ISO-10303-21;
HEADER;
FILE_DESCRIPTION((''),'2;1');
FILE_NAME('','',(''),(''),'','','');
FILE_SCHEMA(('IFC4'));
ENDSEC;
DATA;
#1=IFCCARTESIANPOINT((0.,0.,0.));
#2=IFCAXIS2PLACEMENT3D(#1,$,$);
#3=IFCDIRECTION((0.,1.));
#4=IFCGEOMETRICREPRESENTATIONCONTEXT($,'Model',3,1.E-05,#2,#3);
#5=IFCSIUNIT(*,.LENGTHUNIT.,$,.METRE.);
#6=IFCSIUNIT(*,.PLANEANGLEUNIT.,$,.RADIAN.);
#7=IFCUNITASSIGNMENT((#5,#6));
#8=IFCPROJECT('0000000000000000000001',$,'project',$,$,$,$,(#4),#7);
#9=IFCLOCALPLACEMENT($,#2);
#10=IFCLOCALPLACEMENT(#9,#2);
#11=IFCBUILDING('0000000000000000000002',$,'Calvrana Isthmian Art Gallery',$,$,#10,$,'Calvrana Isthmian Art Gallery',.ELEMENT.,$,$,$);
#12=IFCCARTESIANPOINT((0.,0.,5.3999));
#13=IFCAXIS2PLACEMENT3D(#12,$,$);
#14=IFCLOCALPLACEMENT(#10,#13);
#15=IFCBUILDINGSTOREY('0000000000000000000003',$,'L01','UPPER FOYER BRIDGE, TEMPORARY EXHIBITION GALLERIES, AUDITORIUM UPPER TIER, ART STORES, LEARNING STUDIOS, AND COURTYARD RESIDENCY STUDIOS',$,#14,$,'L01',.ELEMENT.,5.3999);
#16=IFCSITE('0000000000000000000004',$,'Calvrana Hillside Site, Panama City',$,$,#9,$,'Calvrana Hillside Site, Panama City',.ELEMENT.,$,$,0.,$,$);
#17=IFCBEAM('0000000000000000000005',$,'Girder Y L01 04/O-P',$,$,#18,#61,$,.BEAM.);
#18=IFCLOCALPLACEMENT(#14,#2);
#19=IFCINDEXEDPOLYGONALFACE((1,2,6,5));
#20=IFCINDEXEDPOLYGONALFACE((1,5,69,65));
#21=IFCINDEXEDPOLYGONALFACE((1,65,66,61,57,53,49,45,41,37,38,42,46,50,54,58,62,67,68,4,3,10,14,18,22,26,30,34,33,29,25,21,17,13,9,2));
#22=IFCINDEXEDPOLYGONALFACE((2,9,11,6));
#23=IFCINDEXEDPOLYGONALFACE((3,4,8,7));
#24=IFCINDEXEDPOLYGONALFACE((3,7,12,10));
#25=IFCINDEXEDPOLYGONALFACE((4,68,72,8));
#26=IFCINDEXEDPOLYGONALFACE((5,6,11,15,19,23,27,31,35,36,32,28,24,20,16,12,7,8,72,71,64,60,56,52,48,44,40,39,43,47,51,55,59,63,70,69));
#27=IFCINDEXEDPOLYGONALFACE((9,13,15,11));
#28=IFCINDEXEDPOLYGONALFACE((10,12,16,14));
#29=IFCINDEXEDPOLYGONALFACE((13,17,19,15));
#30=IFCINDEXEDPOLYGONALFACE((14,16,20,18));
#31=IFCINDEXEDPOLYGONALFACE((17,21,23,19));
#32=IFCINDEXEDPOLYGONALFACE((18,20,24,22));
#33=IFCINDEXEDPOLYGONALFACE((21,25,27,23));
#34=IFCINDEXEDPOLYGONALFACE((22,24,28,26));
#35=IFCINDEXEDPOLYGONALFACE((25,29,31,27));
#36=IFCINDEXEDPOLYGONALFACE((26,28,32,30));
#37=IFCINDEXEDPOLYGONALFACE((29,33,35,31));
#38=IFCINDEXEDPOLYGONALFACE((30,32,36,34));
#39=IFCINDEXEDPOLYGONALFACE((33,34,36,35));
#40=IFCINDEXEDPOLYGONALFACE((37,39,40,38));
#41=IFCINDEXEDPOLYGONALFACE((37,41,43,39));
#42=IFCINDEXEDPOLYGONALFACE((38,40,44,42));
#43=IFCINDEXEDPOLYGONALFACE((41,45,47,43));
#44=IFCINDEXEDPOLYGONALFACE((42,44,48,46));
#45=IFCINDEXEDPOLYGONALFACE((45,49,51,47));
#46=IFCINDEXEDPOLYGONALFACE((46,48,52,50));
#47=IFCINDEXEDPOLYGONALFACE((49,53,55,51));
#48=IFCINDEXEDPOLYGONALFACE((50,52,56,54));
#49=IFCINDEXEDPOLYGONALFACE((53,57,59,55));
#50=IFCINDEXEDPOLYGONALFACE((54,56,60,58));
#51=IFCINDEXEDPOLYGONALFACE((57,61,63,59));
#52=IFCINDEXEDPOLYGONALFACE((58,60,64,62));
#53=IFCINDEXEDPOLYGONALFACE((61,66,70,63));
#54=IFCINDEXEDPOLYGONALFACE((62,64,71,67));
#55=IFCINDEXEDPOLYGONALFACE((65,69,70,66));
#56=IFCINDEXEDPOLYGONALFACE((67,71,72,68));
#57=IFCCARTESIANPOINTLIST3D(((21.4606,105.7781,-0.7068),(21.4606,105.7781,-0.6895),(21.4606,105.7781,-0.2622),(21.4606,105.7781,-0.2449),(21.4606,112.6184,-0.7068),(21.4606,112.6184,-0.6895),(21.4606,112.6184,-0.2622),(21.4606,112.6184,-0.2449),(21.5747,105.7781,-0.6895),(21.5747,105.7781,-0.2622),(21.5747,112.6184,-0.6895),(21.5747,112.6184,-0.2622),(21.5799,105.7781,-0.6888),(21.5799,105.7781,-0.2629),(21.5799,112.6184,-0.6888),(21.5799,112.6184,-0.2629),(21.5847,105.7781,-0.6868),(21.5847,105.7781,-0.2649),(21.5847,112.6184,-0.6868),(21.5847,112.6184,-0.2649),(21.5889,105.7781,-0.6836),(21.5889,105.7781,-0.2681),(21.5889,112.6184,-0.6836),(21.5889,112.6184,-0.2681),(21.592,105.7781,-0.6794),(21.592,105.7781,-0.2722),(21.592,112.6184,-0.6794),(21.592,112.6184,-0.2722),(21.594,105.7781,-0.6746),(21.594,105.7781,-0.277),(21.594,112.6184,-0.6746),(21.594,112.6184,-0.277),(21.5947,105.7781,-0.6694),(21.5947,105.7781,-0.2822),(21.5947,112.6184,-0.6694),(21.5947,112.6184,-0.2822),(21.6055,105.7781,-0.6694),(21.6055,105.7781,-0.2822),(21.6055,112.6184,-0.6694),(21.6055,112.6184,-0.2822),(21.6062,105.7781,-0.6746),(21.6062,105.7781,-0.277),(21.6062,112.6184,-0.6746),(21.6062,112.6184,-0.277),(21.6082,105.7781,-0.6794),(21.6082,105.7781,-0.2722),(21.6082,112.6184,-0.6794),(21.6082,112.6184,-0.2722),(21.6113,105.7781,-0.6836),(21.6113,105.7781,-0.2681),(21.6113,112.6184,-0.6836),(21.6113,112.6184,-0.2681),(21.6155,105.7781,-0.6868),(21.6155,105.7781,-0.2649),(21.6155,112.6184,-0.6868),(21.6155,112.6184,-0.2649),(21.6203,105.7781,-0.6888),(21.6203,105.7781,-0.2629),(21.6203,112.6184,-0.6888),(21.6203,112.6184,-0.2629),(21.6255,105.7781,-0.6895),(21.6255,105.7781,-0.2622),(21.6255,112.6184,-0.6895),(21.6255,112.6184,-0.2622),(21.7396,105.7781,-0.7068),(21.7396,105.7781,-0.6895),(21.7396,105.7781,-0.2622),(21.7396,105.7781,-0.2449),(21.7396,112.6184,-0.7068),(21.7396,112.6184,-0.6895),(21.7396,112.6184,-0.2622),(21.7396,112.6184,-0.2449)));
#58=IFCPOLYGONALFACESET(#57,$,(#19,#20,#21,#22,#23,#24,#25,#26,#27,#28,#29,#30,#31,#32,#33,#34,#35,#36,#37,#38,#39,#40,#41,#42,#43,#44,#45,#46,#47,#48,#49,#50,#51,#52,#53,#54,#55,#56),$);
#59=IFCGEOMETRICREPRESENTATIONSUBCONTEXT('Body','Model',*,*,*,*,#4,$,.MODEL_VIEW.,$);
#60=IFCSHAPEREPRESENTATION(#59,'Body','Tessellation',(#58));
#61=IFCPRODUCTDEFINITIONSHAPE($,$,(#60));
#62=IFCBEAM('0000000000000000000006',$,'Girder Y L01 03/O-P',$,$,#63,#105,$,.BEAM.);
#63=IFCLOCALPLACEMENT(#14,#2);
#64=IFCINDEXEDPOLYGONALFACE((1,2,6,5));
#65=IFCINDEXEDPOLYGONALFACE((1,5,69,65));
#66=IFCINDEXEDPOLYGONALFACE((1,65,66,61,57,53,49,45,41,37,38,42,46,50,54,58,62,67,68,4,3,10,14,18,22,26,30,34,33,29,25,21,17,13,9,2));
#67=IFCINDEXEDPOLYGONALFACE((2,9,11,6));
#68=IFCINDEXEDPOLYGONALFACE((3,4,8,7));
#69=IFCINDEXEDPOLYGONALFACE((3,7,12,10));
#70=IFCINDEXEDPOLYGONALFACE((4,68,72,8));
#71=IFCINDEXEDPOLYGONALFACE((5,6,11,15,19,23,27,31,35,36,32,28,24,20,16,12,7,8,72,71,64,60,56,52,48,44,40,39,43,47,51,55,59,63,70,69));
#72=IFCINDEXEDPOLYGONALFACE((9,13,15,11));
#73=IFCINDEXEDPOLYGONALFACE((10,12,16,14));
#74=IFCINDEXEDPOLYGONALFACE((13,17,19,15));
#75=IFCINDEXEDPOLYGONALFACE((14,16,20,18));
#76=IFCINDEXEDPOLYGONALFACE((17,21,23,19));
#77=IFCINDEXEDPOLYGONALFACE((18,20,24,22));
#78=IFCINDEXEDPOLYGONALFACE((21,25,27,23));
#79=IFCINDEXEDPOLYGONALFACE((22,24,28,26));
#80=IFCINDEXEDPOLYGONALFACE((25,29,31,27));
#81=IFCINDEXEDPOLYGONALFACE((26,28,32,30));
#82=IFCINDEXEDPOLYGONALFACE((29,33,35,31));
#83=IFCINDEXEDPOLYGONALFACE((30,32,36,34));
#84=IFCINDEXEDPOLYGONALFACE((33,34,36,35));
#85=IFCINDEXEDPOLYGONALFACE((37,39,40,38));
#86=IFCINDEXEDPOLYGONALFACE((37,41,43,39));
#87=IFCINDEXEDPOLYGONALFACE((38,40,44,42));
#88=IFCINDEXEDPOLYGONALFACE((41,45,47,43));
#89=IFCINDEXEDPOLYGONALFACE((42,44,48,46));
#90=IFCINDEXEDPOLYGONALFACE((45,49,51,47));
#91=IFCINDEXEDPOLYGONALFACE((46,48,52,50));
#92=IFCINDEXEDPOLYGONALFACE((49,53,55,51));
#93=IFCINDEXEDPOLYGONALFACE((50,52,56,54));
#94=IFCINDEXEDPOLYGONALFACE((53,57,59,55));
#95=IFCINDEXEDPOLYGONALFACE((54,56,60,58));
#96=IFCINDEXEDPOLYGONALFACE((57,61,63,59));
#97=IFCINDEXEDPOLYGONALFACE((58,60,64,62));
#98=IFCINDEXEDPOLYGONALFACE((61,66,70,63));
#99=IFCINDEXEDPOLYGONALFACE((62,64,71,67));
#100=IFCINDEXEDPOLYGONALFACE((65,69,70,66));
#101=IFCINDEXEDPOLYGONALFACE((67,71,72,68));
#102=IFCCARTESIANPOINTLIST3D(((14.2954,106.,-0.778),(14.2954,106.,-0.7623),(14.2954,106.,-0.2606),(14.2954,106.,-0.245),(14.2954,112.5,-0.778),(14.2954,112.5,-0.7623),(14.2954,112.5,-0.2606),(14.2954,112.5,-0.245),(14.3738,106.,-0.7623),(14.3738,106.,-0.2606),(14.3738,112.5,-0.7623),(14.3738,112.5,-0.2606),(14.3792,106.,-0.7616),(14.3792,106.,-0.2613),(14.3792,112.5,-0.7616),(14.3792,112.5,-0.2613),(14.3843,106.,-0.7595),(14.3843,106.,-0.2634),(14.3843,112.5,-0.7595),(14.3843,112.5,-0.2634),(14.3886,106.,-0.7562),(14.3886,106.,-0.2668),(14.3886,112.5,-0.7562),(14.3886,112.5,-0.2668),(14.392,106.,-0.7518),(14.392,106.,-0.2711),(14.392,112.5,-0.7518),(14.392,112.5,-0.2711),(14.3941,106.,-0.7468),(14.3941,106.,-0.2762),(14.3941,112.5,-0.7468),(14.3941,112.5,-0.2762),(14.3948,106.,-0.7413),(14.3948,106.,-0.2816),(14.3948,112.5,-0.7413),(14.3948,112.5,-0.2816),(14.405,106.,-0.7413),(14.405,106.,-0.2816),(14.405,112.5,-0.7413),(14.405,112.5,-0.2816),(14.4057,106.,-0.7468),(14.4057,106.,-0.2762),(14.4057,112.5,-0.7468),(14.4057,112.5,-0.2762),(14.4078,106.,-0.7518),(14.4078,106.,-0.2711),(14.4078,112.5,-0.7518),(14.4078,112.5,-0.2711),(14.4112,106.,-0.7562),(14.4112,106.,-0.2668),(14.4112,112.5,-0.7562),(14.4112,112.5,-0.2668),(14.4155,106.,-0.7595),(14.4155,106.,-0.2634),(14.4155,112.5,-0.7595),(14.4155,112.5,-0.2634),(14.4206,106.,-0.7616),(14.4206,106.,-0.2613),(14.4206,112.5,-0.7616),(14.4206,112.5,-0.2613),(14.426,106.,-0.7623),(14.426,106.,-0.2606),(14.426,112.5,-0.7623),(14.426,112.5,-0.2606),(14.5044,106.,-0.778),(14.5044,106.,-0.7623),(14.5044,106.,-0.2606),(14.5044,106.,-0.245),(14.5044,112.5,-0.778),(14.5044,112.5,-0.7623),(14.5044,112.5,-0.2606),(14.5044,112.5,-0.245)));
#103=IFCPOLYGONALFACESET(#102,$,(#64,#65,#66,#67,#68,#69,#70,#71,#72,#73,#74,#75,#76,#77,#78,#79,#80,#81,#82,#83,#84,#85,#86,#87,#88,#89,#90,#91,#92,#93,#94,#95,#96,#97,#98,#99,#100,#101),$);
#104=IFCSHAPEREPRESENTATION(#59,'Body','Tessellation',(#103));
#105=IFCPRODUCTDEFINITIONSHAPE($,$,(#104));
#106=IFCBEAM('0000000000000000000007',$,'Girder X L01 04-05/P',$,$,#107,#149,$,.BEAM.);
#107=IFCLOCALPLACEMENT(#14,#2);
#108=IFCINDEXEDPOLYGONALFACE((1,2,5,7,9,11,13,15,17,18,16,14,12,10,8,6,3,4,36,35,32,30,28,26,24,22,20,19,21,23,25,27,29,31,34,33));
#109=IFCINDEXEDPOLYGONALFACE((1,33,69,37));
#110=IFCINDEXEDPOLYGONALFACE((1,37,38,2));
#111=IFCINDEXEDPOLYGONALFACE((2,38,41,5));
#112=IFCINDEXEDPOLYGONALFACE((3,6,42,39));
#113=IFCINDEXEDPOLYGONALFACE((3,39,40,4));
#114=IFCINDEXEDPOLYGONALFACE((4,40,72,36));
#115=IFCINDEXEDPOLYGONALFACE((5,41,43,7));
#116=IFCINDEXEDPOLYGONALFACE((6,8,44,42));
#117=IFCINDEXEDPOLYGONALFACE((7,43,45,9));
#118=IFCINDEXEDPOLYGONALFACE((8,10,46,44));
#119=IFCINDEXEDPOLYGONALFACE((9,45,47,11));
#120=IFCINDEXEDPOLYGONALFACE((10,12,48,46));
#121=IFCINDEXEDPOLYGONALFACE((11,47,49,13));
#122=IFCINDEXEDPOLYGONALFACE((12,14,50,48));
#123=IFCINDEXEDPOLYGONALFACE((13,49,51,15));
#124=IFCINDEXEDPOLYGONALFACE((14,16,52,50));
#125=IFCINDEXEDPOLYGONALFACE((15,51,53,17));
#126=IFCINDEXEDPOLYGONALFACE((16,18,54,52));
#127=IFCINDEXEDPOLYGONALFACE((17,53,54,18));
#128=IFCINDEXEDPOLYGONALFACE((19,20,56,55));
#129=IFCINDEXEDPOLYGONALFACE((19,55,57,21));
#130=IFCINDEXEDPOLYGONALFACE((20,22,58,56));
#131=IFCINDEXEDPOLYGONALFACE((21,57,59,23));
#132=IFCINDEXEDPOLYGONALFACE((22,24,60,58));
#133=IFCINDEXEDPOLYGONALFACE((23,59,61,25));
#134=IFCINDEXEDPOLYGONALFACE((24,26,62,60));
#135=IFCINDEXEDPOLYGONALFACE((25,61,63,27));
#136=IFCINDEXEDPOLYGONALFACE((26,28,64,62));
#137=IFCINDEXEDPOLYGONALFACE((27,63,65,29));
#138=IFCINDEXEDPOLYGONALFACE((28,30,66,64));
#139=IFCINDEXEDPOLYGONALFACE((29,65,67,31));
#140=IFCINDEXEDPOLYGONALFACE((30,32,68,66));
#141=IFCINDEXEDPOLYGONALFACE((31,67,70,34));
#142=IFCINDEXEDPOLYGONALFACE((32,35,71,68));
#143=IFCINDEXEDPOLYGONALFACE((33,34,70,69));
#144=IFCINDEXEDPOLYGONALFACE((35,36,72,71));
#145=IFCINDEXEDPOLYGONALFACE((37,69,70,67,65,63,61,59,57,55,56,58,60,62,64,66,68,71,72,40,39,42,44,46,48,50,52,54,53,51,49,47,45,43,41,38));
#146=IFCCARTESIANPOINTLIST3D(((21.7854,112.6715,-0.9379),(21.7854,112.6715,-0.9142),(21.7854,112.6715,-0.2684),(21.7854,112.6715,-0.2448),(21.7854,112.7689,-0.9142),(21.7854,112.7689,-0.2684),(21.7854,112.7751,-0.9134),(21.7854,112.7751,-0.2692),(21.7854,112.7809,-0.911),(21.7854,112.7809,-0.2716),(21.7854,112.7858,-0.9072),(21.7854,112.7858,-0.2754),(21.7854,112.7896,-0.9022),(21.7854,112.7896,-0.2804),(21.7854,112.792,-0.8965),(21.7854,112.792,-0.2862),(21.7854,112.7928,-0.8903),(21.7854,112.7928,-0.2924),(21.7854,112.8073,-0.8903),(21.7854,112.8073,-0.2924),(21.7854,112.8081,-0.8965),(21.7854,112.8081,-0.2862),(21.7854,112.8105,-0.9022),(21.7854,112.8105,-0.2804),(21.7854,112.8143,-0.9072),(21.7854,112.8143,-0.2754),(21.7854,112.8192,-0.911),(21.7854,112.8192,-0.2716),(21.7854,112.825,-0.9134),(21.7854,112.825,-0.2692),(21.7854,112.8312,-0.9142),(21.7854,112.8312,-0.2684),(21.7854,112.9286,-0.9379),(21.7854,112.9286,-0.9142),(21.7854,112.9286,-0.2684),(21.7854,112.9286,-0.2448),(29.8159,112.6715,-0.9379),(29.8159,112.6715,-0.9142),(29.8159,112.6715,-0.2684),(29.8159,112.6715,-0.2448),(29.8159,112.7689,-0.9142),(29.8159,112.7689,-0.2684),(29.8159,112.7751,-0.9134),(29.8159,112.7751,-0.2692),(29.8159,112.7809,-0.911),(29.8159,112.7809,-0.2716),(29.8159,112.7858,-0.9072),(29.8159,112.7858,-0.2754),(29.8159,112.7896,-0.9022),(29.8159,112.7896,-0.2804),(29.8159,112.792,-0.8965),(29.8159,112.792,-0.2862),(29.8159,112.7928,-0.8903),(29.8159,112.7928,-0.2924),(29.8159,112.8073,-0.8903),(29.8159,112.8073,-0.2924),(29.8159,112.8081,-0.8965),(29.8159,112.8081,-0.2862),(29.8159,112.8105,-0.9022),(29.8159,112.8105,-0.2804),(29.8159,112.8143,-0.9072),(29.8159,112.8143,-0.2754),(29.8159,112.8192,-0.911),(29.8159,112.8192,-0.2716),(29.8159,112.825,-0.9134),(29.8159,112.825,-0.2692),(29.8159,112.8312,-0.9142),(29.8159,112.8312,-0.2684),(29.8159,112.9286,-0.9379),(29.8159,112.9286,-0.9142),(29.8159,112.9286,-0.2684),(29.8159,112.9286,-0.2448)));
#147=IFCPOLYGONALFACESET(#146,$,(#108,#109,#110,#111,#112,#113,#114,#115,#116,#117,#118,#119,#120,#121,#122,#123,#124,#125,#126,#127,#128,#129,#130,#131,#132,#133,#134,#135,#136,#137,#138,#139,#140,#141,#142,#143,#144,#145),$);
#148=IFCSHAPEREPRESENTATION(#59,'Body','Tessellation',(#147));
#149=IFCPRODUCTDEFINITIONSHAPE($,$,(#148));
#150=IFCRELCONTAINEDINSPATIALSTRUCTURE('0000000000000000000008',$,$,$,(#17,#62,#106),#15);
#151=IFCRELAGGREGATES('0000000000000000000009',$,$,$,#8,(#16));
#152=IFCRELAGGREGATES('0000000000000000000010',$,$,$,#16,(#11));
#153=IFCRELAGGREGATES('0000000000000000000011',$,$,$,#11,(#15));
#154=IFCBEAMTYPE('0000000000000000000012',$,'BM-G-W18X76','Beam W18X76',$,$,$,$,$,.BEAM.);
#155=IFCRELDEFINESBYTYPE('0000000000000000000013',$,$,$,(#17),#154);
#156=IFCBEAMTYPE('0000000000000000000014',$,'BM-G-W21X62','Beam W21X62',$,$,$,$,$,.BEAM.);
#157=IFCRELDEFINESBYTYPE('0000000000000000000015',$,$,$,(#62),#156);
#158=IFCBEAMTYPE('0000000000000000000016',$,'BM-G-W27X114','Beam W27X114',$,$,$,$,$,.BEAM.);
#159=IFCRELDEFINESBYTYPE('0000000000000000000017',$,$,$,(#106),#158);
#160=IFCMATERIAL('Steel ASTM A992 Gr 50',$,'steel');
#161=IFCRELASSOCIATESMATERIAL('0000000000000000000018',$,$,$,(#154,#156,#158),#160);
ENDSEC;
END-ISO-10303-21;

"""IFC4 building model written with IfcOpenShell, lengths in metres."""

from ifc_helpers import new_model, si_unit, direction, frame, origin, origin_2d, place, context, subcontext, project, spatial, i_section, extrude, material, material_profile, profile_set, type_object, element, save


model = new_model("IFC4")

# Units and contexts
model_context = context("Model", 3, precision=1e-05, world=origin(), true_north=direction((0.0, 1.0)))
body_context = subcontext(model_context, "Body", "Model", "MODEL_VIEW")
ifc_project = project(units=[si_unit("LENGTHUNIT", "METRE"), si_unit("PLANEANGLEUNIT", "RADIAN")], contexts=[model_context])

# Site, building, storey
site_placement = place(None, origin())
site = spatial("IfcSite", under=ifc_project, at=site_placement, Name="Calvrana Hillside Site, Panama City", LongName="Calvrana Hillside Site, Panama City", CompositionType="ELEMENT", RefElevation=0.0)
building_placement = place(site_placement, origin())
building = spatial("IfcBuilding", under=site, at=building_placement, Name="Calvrana Isthmian Art Gallery", LongName="Calvrana Isthmian Art Gallery", CompositionType="ELEMENT")
storey_placement = place(building_placement, frame((0.0, 0.0, 5.3999)))
storey = spatial("IfcBuildingStorey", under=building, at=storey_placement, Name="L01", Description="UPPER FOYER BRIDGE, TEMPORARY EXHIBITION GALLERIES, AUDITORIUM UPPER TIER, ART STORES, LEARNING STUDIOS, AND COURTYARD RESIDENCY STUDIOS", LongName="L01", CompositionType="ELEMENT", Elevation=5.3999)

# Shared definitions
ifc_material_1 = material(Name="Steel ASTM A992 Gr 50", Category="steel")

# Beams
ifc_material_profile_1 = material_profile(ifc_material_1, i_section(OverallWidth=0.2791, OverallDepth=0.4619, WebThickness=0.0107, FlangeThickness=0.0173, FilletRadius=0.02, at=origin_2d()), Name="W18X76")
ifc_profile_set_1 = profile_set([ifc_material_profile_1], Name="Steel ASTM A992 Gr 50")
beam_type_1 = type_object("IfcBeamType", Name="BM-G-W18X76", Description="Beam W18X76", PredefinedType="BEAM", material=ifc_profile_set_1)
beam_1_placement = place(storey_placement, frame((21.6001, 105.7781, -0.4758), z_axis=(0.0, 1.0, 0.0), x_axis=(-1.0, 0.0, 0.0)))
element("IfcBeam", 1, at=beam_1_placement, inside=storey, type_object=beam_type_1, Name="Girder Y L01 04/O-P", PredefinedType="BEAM", context=body_context, shape_type="SweptSolid", body=[
    extrude(i_section(OverallWidth=0.2791, OverallDepth=0.4619, WebThickness=0.0107, FlangeThickness=0.0173, FilletRadius=0.02, at=origin_2d()), origin(), (0.0, 0.0, 1.0), 6.8403),
])
ifc_material_profile_2 = material_profile(ifc_material_1, i_section(OverallWidth=0.209, OverallDepth=0.533, WebThickness=0.0103, FlangeThickness=0.0156, FilletRadius=0.021, at=origin_2d()), Name="W21X62")
ifc_profile_set_2 = profile_set([ifc_material_profile_2], Name="Steel ASTM A992 Gr 50")
beam_type_2 = type_object("IfcBeamType", Name="BM-G-W21X62", Description="Beam W21X62", PredefinedType="BEAM", material=ifc_profile_set_2)
beam_2_placement = place(storey_placement, frame((14.3999, 106.0, -0.5115), z_axis=(0.0, 1.0, 0.0), x_axis=(-1.0, 0.0, 0.0)))
element("IfcBeam", 2, at=beam_2_placement, inside=storey, type_object=beam_type_2, Name="Girder Y L01 03/O-P", PredefinedType="BEAM", context=body_context, shape_type="SweptSolid", body=[
    extrude(i_section(OverallWidth=0.209, OverallDepth=0.533, WebThickness=0.0103, FlangeThickness=0.0156, FilletRadius=0.021, at=origin_2d()), origin(), (0.0, 0.0, 1.0), 6.5),
])
ifc_material_profile_3 = material_profile(ifc_material_1, i_section(OverallWidth=0.2571, OverallDepth=0.6931, WebThickness=0.0144, FlangeThickness=0.0237, FilletRadius=0.0239, at=origin_2d()), Name="W27X114")
ifc_profile_set_3 = profile_set([ifc_material_profile_3], Name="Steel ASTM A992 Gr 50")
beam_type_3 = type_object("IfcBeamType", Name="BM-G-W27X114", Description="Beam W27X114", PredefinedType="BEAM", material=ifc_profile_set_3)
beam_3_placement = place(storey_placement, frame((21.7854, 112.8, -0.5913), z_axis=(1.0, 0.0, 0.0), x_axis=(0.0, 1.0, 0.0)))
element("IfcBeam", 3, at=beam_3_placement, inside=storey, type_object=beam_type_3, Name="Girder X L01 04-05/P", PredefinedType="BEAM", context=body_context, shape_type="SweptSolid", body=[
    extrude(i_section(OverallWidth=0.2571, OverallDepth=0.6931, WebThickness=0.0144, FlangeThickness=0.0237, FilletRadius=0.0239, at=origin_2d()), origin(), (0.0, 0.0, 1.0), 8.0305),
])

save(model, "model.ifc")
